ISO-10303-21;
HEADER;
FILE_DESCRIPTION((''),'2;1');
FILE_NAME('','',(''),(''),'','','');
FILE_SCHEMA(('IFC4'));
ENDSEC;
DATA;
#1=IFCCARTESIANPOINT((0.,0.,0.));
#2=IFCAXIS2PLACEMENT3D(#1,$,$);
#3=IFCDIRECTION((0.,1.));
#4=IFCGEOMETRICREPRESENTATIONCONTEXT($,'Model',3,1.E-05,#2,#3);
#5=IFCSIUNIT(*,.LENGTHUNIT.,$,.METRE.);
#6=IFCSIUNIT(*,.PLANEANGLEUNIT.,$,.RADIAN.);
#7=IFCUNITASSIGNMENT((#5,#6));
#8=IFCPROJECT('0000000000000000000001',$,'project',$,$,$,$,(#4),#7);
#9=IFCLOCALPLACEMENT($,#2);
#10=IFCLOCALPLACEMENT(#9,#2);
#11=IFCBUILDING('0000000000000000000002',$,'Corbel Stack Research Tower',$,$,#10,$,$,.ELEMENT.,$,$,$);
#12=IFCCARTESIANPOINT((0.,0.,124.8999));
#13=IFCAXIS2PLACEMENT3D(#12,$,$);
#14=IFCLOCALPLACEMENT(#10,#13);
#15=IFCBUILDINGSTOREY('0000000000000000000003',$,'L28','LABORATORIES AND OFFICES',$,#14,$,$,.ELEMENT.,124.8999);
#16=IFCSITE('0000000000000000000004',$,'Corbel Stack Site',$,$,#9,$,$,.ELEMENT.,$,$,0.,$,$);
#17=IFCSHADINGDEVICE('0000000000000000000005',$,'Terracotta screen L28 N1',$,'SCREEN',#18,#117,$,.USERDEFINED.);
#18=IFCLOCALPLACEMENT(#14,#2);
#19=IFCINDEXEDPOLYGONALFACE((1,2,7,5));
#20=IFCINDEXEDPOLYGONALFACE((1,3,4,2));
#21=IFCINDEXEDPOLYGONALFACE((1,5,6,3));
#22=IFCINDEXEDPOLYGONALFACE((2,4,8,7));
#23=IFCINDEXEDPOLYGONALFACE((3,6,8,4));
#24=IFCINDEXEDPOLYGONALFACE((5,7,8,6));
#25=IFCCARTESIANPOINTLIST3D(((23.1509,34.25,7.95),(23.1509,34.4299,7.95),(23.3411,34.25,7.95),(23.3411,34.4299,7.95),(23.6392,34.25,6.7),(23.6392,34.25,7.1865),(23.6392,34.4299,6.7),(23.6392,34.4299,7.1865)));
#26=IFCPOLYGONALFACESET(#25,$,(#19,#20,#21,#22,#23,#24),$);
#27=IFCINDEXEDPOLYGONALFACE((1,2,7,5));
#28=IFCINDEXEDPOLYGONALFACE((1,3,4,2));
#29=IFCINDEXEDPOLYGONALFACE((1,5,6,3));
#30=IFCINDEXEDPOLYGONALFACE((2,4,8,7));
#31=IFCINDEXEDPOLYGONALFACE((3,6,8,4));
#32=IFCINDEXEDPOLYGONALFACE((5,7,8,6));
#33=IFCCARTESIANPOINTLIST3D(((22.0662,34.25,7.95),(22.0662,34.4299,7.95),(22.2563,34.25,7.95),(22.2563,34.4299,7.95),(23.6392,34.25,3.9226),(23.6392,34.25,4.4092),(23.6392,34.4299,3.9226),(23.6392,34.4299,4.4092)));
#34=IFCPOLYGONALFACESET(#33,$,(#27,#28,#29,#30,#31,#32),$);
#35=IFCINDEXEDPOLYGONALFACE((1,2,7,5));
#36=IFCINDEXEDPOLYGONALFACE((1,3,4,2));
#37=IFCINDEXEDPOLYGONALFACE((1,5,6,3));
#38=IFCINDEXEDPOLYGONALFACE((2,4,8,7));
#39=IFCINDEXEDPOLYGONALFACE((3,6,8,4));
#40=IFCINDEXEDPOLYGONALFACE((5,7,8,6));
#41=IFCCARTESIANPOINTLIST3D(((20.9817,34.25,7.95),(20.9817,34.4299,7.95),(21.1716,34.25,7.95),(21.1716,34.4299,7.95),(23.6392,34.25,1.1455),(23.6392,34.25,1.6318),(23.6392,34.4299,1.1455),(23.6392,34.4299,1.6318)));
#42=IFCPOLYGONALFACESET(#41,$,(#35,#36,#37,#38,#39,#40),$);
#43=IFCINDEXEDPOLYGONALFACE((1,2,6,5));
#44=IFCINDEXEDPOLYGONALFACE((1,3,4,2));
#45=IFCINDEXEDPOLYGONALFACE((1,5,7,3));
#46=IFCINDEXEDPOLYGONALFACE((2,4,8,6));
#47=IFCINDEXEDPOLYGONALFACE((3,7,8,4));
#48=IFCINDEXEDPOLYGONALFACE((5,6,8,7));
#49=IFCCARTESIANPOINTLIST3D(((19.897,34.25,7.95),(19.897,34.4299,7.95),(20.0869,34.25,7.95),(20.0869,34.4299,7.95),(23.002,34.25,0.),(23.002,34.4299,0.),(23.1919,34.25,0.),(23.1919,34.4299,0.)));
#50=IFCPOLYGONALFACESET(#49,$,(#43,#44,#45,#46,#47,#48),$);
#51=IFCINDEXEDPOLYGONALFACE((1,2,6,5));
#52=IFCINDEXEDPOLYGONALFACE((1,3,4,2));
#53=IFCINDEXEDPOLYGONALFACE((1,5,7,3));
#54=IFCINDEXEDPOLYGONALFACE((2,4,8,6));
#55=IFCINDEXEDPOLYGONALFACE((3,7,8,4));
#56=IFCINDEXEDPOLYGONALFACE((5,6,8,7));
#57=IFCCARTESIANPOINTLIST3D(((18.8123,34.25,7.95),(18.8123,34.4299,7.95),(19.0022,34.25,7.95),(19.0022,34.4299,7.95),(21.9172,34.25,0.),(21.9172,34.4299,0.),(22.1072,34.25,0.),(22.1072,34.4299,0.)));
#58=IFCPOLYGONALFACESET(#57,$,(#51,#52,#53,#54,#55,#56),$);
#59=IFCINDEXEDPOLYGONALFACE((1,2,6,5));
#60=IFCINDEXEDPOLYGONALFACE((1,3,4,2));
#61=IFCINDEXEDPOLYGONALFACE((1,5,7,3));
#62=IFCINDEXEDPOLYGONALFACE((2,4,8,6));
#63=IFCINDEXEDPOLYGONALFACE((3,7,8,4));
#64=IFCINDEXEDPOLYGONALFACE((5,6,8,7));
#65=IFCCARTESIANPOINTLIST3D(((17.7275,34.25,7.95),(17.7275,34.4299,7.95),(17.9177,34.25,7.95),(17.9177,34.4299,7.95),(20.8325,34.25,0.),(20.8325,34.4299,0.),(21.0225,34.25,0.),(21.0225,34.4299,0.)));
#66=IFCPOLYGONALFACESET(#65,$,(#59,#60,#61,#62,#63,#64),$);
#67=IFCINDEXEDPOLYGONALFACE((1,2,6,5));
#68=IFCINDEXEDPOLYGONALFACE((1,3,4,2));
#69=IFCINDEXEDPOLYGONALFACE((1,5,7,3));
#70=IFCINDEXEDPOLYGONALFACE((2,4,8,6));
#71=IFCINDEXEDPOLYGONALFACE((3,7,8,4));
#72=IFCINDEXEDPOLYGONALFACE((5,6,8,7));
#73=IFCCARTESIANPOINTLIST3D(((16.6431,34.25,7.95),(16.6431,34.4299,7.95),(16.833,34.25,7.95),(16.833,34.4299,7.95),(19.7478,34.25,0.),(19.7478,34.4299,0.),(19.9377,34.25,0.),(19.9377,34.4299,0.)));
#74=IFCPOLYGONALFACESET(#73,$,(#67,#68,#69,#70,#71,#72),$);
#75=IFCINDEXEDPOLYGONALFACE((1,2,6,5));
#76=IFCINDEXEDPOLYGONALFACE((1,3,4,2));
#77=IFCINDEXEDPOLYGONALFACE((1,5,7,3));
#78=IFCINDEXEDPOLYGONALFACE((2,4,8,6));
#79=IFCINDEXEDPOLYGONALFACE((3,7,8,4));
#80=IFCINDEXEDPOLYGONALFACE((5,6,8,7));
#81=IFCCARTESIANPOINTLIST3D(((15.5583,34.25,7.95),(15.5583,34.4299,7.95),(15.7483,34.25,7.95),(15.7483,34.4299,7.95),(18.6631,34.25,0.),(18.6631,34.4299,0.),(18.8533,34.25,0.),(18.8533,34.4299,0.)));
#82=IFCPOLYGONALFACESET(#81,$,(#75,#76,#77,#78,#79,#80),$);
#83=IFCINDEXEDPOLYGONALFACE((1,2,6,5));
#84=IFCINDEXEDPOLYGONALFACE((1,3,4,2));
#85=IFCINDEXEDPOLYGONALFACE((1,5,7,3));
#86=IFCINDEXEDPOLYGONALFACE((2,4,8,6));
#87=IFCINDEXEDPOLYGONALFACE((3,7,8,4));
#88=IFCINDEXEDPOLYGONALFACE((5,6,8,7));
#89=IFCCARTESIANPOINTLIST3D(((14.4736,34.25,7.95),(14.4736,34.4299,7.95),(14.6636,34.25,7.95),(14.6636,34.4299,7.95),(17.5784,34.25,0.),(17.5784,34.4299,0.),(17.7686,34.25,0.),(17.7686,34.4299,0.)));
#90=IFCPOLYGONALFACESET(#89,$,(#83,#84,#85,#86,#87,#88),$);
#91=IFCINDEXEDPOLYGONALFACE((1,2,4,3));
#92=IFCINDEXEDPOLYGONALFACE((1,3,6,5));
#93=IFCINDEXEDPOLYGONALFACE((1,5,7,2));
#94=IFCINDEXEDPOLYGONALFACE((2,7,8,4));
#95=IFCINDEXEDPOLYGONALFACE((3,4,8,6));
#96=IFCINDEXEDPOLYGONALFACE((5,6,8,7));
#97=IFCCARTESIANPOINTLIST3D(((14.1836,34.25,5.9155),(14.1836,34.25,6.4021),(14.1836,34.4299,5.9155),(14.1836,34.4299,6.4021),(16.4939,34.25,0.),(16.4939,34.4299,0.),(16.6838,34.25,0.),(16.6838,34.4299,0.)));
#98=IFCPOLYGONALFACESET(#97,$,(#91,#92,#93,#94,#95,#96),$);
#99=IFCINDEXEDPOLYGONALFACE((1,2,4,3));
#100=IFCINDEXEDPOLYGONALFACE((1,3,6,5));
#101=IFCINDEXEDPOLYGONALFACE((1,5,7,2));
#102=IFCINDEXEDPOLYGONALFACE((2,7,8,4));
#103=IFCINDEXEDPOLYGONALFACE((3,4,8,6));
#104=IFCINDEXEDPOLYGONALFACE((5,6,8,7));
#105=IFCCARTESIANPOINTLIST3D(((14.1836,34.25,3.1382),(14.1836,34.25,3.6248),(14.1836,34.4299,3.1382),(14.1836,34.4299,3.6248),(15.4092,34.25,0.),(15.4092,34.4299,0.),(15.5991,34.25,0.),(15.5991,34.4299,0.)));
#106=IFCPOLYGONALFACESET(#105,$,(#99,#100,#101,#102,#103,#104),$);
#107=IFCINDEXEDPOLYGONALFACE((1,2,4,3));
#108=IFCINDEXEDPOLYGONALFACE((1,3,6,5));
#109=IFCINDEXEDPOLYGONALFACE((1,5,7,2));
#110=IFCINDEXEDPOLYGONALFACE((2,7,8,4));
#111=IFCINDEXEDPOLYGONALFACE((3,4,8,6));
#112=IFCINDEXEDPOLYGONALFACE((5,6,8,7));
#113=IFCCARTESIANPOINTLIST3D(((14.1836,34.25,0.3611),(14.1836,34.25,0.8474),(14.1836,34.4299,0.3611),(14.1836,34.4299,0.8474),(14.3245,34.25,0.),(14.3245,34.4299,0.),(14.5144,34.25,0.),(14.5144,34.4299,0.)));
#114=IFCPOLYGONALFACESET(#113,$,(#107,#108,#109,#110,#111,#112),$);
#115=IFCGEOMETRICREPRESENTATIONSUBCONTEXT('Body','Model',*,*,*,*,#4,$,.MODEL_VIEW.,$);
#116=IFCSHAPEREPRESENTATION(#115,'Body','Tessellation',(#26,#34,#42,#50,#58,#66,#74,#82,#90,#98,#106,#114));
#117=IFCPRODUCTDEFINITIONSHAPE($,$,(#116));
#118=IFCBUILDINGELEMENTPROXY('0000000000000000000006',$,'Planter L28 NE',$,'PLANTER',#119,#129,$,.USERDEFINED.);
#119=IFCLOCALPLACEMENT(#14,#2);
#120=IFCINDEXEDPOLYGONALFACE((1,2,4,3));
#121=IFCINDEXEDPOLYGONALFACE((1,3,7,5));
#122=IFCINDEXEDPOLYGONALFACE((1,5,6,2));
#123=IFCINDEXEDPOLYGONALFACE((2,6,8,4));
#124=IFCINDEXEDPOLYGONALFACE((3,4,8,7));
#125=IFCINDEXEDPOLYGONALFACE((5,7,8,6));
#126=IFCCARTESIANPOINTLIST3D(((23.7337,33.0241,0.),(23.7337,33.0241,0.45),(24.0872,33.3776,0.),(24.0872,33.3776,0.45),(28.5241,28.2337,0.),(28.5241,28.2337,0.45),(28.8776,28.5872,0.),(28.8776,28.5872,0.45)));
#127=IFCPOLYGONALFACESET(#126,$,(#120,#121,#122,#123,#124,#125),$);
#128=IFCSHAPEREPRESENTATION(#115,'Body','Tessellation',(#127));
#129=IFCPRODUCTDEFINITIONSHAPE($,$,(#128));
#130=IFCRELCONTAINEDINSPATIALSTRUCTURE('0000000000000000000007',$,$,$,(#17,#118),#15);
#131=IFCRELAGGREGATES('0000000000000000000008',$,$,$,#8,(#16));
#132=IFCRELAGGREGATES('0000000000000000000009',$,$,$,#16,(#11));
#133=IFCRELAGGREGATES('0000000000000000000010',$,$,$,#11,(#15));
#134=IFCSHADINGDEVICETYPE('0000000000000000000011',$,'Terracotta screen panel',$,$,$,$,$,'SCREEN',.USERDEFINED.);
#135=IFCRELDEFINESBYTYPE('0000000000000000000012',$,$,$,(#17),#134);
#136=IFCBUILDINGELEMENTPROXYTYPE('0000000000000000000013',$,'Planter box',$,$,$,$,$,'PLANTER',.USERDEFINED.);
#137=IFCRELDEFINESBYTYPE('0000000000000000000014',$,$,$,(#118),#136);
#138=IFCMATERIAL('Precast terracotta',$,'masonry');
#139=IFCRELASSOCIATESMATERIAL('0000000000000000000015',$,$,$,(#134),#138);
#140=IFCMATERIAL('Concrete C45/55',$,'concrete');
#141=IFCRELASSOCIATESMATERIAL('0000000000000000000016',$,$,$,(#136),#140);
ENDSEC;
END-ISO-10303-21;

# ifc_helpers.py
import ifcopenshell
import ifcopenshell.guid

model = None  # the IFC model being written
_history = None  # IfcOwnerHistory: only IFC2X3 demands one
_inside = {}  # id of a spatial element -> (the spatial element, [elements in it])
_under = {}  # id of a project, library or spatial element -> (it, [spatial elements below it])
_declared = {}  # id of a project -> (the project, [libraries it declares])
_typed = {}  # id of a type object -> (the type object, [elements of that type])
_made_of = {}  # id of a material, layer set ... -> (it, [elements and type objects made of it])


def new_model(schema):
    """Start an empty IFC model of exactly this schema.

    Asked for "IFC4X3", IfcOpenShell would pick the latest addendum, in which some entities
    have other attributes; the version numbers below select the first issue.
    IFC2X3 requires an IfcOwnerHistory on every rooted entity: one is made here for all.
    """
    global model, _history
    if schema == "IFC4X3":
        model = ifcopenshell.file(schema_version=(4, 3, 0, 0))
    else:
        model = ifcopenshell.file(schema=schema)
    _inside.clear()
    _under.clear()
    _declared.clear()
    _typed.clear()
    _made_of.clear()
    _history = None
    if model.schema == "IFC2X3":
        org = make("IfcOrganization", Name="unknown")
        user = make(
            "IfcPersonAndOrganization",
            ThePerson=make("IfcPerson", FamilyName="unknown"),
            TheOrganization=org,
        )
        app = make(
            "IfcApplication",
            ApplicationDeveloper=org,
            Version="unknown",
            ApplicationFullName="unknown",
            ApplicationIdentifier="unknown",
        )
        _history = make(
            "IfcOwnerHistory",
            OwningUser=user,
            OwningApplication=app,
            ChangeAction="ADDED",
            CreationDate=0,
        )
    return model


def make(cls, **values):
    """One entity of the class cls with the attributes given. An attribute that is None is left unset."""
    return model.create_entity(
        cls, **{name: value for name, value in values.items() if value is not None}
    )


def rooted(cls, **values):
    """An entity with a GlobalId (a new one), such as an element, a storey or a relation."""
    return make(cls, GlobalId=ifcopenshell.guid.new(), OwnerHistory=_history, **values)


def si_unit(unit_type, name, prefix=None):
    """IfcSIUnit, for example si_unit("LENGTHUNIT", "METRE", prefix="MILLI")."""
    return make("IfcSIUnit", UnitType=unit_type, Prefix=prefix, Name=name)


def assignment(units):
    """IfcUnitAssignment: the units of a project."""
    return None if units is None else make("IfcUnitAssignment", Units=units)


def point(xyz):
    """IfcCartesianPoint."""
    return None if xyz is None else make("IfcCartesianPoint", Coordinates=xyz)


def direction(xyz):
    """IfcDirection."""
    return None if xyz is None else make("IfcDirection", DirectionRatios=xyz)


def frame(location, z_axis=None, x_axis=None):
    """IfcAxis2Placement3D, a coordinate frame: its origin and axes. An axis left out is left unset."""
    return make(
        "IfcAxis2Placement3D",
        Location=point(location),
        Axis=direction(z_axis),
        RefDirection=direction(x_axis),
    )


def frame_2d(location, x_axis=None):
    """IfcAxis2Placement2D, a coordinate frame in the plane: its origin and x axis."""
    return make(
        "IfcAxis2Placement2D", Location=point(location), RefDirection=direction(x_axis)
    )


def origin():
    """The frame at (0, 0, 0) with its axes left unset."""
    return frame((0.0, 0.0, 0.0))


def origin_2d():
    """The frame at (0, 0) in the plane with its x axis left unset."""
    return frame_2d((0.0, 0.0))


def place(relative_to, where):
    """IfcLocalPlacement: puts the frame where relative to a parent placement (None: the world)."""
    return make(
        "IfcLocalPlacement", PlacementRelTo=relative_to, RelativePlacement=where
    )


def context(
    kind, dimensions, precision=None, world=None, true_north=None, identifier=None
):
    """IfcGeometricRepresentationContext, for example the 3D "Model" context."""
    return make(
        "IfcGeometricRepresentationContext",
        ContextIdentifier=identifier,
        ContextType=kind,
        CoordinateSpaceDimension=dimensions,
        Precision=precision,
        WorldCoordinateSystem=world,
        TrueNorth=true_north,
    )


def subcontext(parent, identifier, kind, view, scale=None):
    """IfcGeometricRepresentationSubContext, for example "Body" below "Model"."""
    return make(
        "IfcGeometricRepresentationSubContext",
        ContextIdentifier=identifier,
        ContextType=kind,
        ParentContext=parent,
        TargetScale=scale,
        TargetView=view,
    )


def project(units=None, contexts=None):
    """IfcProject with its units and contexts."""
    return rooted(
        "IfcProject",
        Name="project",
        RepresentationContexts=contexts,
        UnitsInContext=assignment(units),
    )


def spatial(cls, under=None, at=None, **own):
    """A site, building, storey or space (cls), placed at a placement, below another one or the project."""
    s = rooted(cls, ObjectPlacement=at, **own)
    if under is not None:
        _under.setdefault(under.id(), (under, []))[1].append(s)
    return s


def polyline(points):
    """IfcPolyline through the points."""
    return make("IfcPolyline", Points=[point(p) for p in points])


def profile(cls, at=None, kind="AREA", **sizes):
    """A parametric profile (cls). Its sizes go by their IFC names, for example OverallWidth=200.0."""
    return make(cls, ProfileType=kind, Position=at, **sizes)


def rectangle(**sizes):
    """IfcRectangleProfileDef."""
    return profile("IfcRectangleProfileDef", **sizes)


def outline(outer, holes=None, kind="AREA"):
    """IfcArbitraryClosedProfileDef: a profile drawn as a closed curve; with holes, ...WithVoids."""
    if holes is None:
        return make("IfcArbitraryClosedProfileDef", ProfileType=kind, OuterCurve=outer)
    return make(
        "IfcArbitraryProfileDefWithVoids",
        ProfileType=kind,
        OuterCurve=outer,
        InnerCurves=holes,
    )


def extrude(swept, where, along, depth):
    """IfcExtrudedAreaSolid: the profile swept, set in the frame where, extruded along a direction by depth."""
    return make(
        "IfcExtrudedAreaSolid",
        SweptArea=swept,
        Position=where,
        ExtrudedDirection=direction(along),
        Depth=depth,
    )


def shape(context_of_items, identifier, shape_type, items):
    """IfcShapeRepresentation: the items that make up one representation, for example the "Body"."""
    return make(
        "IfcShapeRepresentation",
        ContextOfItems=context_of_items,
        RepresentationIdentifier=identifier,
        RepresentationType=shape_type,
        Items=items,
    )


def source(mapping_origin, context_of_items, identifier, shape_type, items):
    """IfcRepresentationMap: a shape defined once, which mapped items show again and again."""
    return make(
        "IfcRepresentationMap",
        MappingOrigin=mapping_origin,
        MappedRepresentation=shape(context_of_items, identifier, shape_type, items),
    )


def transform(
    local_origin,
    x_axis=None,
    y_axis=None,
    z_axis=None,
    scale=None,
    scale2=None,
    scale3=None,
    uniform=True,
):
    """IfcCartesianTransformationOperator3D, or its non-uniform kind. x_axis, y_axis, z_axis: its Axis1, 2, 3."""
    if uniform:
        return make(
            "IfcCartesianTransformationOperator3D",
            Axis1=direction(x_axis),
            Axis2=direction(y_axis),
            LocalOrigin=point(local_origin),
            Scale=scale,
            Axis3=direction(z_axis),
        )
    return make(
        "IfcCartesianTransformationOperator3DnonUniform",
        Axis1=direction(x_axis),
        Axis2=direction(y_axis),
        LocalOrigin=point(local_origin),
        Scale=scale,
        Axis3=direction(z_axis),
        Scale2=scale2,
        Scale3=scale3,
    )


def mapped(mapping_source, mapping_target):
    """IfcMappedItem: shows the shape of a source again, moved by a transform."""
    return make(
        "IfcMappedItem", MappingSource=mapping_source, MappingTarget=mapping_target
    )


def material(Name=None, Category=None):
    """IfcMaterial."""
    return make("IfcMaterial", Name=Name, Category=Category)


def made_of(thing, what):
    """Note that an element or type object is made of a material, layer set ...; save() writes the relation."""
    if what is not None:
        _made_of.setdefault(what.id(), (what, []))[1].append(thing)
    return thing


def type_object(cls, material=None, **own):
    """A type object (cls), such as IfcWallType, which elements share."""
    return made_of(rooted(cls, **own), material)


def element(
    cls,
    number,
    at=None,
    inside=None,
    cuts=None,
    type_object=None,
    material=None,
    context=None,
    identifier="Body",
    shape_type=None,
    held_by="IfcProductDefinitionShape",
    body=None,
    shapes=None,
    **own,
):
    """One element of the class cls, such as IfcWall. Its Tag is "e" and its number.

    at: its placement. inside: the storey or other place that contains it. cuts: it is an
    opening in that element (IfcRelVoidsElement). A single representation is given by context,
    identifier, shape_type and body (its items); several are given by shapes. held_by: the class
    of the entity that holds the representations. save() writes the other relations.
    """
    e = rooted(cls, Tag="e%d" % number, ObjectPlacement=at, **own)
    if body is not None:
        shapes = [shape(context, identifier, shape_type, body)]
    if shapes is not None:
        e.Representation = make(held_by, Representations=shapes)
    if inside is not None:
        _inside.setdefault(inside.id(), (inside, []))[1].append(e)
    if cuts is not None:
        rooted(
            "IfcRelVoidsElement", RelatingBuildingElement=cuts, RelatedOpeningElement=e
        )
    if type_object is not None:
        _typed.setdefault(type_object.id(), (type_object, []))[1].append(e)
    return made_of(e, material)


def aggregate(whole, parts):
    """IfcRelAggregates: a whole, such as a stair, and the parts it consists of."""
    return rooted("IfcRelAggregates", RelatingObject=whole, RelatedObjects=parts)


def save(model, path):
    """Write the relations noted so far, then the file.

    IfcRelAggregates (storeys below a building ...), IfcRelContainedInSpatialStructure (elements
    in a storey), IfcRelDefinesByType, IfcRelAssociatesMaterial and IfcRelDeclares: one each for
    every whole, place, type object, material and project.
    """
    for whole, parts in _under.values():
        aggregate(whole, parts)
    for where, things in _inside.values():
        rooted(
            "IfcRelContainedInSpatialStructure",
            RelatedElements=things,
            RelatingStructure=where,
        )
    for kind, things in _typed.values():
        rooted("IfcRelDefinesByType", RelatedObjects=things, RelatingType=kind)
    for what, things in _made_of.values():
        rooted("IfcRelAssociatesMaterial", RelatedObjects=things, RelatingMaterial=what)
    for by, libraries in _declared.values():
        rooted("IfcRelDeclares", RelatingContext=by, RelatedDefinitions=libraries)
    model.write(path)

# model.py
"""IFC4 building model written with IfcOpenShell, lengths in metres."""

from ifc_helpers import new_model, si_unit, direction, frame, origin, origin_2d, place, context, subcontext, project, spatial, polyline, rectangle, outline, extrude, source, transform, mapped, material, type_object, element, save


model = new_model("IFC4")

# Units and contexts
model_context = context("Model", 3, precision=1e-05, world=origin(), true_north=direction((0.0, 1.0)))
body_context = subcontext(model_context, "Body", "Model", "MODEL_VIEW")
ifc_project = project(units=[si_unit("LENGTHUNIT", "METRE"), si_unit("PLANEANGLEUNIT", "RADIAN")], contexts=[model_context])

# Site, building, storey
site_placement = place(None, origin())
site = spatial("IfcSite", under=ifc_project, at=site_placement, Name="Corbel Stack Site", CompositionType="ELEMENT", RefElevation=0.0)
building_placement = place(site_placement, origin())
building = spatial("IfcBuilding", under=site, at=building_placement, Name="Corbel Stack Research Tower", CompositionType="ELEMENT")
storey_placement = place(building_placement, frame((0.0, 0.0, 124.8999)))
storey = spatial("IfcBuildingStorey", under=building, at=storey_placement, Name="L28", Description="LABORATORIES AND OFFICES", CompositionType="ELEMENT", Elevation=124.8999)

# Shading device
ifc_material_1 = material(Name="Precast terracotta", Category="masonry")
shading_device_type = type_object("IfcShadingDeviceType", Name="Terracotta screen panel", ElementType="SCREEN", PredefinedType="USERDEFINED", material=ifc_material_1)
shared_shape_1 = source(origin(), body_context, "Body", "SweptSolid", [
    extrude(outline(polyline([(0.4883, 7.95), (0.2981, 7.95), (0.0, 7.1865), (0.0, 6.7), (0.4883, 7.95)])), frame((0.0, 0.0, 0.0), z_axis=(0.0, -1.0, 0.0), x_axis=(1.0, 0.0, 0.0)), (0.0, 0.0, 1.0), 0.1799),
    extrude(outline(polyline([(1.573, 7.95), (1.3828, 7.95), (0.0, 4.4092), (0.0, 3.9226), (1.573, 7.95)])), frame((0.0, 0.0, 0.0), z_axis=(0.0, -1.0, 0.0), x_axis=(1.0, 0.0, 0.0)), (0.0, 0.0, 1.0), 0.1799),
    extrude(outline(polyline([(2.6575, 7.95), (2.4675, 7.95), (0.0, 1.6318), (0.0, 1.1455), (2.6575, 7.95)])), frame((0.0, 0.0, 0.0), z_axis=(0.0, -1.0, 0.0), x_axis=(1.0, 0.0, 0.0)), (0.0, 0.0, 1.0), 0.1799),
    extrude(outline(polyline([(0.6372, 0.0), (3.7422, 7.95), (3.5522, 7.95), (0.4473, 0.0), (0.6372, 0.0)])), frame((0.0, 0.0, 0.0), z_axis=(0.0, -1.0, 0.0), x_axis=(1.0, 0.0, 0.0)), (0.0, 0.0, 1.0), 0.1799),
    extrude(outline(polyline([(1.7219, 0.0), (4.8269, 7.95), (4.637, 7.95), (1.532, 0.0), (1.7219, 0.0)])), frame((0.0, 0.0, 0.0), z_axis=(0.0, -1.0, 0.0), x_axis=(1.0, 0.0, 0.0)), (0.0, 0.0, 1.0), 0.1799),
    extrude(outline(polyline([(2.8066, 0.0), (5.9116, 7.95), (5.7214, 7.95), (2.6167, 0.0), (2.8066, 0.0)])), frame((0.0, 0.0, 0.0), z_axis=(0.0, -1.0, 0.0), x_axis=(1.0, 0.0, 0.0)), (0.0, 0.0, 1.0), 0.1799),
    extrude(outline(polyline([(3.8914, 0.0), (6.9961, 7.95), (6.8062, 7.95), (3.7014, 0.0), (3.8914, 0.0)])), frame((0.0, 0.0, 0.0), z_axis=(0.0, -1.0, 0.0), x_axis=(1.0, 0.0, 0.0)), (0.0, 0.0, 1.0), 0.1799),
    extrude(outline(polyline([(4.9761, 0.0), (8.0808, 7.95), (7.8909, 7.95), (4.7859, 0.0), (4.9761, 0.0)])), frame((0.0, 0.0, 0.0), z_axis=(0.0, -1.0, 0.0), x_axis=(1.0, 0.0, 0.0)), (0.0, 0.0, 1.0), 0.1799),
    extrude(outline(polyline([(6.0608, 0.0), (9.1655, 7.95), (8.9756, 7.95), (5.8706, 0.0), (6.0608, 0.0)])), frame((0.0, 0.0, 0.0), z_axis=(0.0, -1.0, 0.0), x_axis=(1.0, 0.0, 0.0)), (0.0, 0.0, 1.0), 0.1799),
    extrude(outline(polyline([(7.1453, 0.0), (9.4556, 5.9155), (9.4556, 6.4021), (6.9553, 0.0), (7.1453, 0.0)])), frame((0.0, 0.0, 0.0), z_axis=(0.0, -1.0, 0.0), x_axis=(1.0, 0.0, 0.0)), (0.0, 0.0, 1.0), 0.1799),
    extrude(outline(polyline([(8.23, 0.0), (9.4556, 3.1382), (9.4556, 3.6248), (8.04, 0.0), (8.23, 0.0)])), frame((0.0, 0.0, 0.0), z_axis=(0.0, -1.0, 0.0), x_axis=(1.0, 0.0, 0.0)), (0.0, 0.0, 1.0), 0.1799),
    extrude(outline(polyline([(9.3147, 0.0), (9.4556, 0.3611), (9.4556, 0.8474), (9.1248, 0.0), (9.3147, 0.0)])), frame((0.0, 0.0, 0.0), z_axis=(0.0, -1.0, 0.0), x_axis=(1.0, 0.0, 0.0)), (0.0, 0.0, 1.0), 0.1799),
])
shading_device_1_placement = place(storey_placement, frame((23.6392, 34.25, 0.0), z_axis=(0.0, 0.0, 1.0), x_axis=(-1.0, 0.0, 0.0)))
element("IfcShadingDevice", 1, at=shading_device_1_placement, inside=storey, type_object=shading_device_type, Name="Terracotta screen L28 N1", ObjectType="SCREEN", PredefinedType="USERDEFINED", context=body_context, shape_type="MappedRepresentation", body=[
    mapped(shared_shape_1, transform((0.0, 0.0, 0.0))),
])

# Building element proxy
ifc_material_2 = material(Name="Concrete C45/55", Category="concrete")
building_element_proxy_type = type_object("IfcBuildingElementProxyType", Name="Planter box", ElementType="PLANTER", PredefinedType="USERDEFINED", material=ifc_material_2)
proxy_placement = place(storey_placement, frame((26.3057, 30.8057, 0.0), z_axis=(0.0, 0.0, 1.0), x_axis=(-0.707107, 0.707107, 0.0)))
element("IfcBuildingElementProxy", 2, at=proxy_placement, inside=storey, type_object=building_element_proxy_type, Name="Planter L28 NE", ObjectType="PLANTER", PredefinedType="USERDEFINED", context=body_context, shape_type="SweptSolid", body=[
    extrude(rectangle(XDim=6.7747, YDim=0.5, at=origin_2d()), origin(), (0.0, 0.0, 1.0), 0.45),
])

save(model, "model.ifc")
